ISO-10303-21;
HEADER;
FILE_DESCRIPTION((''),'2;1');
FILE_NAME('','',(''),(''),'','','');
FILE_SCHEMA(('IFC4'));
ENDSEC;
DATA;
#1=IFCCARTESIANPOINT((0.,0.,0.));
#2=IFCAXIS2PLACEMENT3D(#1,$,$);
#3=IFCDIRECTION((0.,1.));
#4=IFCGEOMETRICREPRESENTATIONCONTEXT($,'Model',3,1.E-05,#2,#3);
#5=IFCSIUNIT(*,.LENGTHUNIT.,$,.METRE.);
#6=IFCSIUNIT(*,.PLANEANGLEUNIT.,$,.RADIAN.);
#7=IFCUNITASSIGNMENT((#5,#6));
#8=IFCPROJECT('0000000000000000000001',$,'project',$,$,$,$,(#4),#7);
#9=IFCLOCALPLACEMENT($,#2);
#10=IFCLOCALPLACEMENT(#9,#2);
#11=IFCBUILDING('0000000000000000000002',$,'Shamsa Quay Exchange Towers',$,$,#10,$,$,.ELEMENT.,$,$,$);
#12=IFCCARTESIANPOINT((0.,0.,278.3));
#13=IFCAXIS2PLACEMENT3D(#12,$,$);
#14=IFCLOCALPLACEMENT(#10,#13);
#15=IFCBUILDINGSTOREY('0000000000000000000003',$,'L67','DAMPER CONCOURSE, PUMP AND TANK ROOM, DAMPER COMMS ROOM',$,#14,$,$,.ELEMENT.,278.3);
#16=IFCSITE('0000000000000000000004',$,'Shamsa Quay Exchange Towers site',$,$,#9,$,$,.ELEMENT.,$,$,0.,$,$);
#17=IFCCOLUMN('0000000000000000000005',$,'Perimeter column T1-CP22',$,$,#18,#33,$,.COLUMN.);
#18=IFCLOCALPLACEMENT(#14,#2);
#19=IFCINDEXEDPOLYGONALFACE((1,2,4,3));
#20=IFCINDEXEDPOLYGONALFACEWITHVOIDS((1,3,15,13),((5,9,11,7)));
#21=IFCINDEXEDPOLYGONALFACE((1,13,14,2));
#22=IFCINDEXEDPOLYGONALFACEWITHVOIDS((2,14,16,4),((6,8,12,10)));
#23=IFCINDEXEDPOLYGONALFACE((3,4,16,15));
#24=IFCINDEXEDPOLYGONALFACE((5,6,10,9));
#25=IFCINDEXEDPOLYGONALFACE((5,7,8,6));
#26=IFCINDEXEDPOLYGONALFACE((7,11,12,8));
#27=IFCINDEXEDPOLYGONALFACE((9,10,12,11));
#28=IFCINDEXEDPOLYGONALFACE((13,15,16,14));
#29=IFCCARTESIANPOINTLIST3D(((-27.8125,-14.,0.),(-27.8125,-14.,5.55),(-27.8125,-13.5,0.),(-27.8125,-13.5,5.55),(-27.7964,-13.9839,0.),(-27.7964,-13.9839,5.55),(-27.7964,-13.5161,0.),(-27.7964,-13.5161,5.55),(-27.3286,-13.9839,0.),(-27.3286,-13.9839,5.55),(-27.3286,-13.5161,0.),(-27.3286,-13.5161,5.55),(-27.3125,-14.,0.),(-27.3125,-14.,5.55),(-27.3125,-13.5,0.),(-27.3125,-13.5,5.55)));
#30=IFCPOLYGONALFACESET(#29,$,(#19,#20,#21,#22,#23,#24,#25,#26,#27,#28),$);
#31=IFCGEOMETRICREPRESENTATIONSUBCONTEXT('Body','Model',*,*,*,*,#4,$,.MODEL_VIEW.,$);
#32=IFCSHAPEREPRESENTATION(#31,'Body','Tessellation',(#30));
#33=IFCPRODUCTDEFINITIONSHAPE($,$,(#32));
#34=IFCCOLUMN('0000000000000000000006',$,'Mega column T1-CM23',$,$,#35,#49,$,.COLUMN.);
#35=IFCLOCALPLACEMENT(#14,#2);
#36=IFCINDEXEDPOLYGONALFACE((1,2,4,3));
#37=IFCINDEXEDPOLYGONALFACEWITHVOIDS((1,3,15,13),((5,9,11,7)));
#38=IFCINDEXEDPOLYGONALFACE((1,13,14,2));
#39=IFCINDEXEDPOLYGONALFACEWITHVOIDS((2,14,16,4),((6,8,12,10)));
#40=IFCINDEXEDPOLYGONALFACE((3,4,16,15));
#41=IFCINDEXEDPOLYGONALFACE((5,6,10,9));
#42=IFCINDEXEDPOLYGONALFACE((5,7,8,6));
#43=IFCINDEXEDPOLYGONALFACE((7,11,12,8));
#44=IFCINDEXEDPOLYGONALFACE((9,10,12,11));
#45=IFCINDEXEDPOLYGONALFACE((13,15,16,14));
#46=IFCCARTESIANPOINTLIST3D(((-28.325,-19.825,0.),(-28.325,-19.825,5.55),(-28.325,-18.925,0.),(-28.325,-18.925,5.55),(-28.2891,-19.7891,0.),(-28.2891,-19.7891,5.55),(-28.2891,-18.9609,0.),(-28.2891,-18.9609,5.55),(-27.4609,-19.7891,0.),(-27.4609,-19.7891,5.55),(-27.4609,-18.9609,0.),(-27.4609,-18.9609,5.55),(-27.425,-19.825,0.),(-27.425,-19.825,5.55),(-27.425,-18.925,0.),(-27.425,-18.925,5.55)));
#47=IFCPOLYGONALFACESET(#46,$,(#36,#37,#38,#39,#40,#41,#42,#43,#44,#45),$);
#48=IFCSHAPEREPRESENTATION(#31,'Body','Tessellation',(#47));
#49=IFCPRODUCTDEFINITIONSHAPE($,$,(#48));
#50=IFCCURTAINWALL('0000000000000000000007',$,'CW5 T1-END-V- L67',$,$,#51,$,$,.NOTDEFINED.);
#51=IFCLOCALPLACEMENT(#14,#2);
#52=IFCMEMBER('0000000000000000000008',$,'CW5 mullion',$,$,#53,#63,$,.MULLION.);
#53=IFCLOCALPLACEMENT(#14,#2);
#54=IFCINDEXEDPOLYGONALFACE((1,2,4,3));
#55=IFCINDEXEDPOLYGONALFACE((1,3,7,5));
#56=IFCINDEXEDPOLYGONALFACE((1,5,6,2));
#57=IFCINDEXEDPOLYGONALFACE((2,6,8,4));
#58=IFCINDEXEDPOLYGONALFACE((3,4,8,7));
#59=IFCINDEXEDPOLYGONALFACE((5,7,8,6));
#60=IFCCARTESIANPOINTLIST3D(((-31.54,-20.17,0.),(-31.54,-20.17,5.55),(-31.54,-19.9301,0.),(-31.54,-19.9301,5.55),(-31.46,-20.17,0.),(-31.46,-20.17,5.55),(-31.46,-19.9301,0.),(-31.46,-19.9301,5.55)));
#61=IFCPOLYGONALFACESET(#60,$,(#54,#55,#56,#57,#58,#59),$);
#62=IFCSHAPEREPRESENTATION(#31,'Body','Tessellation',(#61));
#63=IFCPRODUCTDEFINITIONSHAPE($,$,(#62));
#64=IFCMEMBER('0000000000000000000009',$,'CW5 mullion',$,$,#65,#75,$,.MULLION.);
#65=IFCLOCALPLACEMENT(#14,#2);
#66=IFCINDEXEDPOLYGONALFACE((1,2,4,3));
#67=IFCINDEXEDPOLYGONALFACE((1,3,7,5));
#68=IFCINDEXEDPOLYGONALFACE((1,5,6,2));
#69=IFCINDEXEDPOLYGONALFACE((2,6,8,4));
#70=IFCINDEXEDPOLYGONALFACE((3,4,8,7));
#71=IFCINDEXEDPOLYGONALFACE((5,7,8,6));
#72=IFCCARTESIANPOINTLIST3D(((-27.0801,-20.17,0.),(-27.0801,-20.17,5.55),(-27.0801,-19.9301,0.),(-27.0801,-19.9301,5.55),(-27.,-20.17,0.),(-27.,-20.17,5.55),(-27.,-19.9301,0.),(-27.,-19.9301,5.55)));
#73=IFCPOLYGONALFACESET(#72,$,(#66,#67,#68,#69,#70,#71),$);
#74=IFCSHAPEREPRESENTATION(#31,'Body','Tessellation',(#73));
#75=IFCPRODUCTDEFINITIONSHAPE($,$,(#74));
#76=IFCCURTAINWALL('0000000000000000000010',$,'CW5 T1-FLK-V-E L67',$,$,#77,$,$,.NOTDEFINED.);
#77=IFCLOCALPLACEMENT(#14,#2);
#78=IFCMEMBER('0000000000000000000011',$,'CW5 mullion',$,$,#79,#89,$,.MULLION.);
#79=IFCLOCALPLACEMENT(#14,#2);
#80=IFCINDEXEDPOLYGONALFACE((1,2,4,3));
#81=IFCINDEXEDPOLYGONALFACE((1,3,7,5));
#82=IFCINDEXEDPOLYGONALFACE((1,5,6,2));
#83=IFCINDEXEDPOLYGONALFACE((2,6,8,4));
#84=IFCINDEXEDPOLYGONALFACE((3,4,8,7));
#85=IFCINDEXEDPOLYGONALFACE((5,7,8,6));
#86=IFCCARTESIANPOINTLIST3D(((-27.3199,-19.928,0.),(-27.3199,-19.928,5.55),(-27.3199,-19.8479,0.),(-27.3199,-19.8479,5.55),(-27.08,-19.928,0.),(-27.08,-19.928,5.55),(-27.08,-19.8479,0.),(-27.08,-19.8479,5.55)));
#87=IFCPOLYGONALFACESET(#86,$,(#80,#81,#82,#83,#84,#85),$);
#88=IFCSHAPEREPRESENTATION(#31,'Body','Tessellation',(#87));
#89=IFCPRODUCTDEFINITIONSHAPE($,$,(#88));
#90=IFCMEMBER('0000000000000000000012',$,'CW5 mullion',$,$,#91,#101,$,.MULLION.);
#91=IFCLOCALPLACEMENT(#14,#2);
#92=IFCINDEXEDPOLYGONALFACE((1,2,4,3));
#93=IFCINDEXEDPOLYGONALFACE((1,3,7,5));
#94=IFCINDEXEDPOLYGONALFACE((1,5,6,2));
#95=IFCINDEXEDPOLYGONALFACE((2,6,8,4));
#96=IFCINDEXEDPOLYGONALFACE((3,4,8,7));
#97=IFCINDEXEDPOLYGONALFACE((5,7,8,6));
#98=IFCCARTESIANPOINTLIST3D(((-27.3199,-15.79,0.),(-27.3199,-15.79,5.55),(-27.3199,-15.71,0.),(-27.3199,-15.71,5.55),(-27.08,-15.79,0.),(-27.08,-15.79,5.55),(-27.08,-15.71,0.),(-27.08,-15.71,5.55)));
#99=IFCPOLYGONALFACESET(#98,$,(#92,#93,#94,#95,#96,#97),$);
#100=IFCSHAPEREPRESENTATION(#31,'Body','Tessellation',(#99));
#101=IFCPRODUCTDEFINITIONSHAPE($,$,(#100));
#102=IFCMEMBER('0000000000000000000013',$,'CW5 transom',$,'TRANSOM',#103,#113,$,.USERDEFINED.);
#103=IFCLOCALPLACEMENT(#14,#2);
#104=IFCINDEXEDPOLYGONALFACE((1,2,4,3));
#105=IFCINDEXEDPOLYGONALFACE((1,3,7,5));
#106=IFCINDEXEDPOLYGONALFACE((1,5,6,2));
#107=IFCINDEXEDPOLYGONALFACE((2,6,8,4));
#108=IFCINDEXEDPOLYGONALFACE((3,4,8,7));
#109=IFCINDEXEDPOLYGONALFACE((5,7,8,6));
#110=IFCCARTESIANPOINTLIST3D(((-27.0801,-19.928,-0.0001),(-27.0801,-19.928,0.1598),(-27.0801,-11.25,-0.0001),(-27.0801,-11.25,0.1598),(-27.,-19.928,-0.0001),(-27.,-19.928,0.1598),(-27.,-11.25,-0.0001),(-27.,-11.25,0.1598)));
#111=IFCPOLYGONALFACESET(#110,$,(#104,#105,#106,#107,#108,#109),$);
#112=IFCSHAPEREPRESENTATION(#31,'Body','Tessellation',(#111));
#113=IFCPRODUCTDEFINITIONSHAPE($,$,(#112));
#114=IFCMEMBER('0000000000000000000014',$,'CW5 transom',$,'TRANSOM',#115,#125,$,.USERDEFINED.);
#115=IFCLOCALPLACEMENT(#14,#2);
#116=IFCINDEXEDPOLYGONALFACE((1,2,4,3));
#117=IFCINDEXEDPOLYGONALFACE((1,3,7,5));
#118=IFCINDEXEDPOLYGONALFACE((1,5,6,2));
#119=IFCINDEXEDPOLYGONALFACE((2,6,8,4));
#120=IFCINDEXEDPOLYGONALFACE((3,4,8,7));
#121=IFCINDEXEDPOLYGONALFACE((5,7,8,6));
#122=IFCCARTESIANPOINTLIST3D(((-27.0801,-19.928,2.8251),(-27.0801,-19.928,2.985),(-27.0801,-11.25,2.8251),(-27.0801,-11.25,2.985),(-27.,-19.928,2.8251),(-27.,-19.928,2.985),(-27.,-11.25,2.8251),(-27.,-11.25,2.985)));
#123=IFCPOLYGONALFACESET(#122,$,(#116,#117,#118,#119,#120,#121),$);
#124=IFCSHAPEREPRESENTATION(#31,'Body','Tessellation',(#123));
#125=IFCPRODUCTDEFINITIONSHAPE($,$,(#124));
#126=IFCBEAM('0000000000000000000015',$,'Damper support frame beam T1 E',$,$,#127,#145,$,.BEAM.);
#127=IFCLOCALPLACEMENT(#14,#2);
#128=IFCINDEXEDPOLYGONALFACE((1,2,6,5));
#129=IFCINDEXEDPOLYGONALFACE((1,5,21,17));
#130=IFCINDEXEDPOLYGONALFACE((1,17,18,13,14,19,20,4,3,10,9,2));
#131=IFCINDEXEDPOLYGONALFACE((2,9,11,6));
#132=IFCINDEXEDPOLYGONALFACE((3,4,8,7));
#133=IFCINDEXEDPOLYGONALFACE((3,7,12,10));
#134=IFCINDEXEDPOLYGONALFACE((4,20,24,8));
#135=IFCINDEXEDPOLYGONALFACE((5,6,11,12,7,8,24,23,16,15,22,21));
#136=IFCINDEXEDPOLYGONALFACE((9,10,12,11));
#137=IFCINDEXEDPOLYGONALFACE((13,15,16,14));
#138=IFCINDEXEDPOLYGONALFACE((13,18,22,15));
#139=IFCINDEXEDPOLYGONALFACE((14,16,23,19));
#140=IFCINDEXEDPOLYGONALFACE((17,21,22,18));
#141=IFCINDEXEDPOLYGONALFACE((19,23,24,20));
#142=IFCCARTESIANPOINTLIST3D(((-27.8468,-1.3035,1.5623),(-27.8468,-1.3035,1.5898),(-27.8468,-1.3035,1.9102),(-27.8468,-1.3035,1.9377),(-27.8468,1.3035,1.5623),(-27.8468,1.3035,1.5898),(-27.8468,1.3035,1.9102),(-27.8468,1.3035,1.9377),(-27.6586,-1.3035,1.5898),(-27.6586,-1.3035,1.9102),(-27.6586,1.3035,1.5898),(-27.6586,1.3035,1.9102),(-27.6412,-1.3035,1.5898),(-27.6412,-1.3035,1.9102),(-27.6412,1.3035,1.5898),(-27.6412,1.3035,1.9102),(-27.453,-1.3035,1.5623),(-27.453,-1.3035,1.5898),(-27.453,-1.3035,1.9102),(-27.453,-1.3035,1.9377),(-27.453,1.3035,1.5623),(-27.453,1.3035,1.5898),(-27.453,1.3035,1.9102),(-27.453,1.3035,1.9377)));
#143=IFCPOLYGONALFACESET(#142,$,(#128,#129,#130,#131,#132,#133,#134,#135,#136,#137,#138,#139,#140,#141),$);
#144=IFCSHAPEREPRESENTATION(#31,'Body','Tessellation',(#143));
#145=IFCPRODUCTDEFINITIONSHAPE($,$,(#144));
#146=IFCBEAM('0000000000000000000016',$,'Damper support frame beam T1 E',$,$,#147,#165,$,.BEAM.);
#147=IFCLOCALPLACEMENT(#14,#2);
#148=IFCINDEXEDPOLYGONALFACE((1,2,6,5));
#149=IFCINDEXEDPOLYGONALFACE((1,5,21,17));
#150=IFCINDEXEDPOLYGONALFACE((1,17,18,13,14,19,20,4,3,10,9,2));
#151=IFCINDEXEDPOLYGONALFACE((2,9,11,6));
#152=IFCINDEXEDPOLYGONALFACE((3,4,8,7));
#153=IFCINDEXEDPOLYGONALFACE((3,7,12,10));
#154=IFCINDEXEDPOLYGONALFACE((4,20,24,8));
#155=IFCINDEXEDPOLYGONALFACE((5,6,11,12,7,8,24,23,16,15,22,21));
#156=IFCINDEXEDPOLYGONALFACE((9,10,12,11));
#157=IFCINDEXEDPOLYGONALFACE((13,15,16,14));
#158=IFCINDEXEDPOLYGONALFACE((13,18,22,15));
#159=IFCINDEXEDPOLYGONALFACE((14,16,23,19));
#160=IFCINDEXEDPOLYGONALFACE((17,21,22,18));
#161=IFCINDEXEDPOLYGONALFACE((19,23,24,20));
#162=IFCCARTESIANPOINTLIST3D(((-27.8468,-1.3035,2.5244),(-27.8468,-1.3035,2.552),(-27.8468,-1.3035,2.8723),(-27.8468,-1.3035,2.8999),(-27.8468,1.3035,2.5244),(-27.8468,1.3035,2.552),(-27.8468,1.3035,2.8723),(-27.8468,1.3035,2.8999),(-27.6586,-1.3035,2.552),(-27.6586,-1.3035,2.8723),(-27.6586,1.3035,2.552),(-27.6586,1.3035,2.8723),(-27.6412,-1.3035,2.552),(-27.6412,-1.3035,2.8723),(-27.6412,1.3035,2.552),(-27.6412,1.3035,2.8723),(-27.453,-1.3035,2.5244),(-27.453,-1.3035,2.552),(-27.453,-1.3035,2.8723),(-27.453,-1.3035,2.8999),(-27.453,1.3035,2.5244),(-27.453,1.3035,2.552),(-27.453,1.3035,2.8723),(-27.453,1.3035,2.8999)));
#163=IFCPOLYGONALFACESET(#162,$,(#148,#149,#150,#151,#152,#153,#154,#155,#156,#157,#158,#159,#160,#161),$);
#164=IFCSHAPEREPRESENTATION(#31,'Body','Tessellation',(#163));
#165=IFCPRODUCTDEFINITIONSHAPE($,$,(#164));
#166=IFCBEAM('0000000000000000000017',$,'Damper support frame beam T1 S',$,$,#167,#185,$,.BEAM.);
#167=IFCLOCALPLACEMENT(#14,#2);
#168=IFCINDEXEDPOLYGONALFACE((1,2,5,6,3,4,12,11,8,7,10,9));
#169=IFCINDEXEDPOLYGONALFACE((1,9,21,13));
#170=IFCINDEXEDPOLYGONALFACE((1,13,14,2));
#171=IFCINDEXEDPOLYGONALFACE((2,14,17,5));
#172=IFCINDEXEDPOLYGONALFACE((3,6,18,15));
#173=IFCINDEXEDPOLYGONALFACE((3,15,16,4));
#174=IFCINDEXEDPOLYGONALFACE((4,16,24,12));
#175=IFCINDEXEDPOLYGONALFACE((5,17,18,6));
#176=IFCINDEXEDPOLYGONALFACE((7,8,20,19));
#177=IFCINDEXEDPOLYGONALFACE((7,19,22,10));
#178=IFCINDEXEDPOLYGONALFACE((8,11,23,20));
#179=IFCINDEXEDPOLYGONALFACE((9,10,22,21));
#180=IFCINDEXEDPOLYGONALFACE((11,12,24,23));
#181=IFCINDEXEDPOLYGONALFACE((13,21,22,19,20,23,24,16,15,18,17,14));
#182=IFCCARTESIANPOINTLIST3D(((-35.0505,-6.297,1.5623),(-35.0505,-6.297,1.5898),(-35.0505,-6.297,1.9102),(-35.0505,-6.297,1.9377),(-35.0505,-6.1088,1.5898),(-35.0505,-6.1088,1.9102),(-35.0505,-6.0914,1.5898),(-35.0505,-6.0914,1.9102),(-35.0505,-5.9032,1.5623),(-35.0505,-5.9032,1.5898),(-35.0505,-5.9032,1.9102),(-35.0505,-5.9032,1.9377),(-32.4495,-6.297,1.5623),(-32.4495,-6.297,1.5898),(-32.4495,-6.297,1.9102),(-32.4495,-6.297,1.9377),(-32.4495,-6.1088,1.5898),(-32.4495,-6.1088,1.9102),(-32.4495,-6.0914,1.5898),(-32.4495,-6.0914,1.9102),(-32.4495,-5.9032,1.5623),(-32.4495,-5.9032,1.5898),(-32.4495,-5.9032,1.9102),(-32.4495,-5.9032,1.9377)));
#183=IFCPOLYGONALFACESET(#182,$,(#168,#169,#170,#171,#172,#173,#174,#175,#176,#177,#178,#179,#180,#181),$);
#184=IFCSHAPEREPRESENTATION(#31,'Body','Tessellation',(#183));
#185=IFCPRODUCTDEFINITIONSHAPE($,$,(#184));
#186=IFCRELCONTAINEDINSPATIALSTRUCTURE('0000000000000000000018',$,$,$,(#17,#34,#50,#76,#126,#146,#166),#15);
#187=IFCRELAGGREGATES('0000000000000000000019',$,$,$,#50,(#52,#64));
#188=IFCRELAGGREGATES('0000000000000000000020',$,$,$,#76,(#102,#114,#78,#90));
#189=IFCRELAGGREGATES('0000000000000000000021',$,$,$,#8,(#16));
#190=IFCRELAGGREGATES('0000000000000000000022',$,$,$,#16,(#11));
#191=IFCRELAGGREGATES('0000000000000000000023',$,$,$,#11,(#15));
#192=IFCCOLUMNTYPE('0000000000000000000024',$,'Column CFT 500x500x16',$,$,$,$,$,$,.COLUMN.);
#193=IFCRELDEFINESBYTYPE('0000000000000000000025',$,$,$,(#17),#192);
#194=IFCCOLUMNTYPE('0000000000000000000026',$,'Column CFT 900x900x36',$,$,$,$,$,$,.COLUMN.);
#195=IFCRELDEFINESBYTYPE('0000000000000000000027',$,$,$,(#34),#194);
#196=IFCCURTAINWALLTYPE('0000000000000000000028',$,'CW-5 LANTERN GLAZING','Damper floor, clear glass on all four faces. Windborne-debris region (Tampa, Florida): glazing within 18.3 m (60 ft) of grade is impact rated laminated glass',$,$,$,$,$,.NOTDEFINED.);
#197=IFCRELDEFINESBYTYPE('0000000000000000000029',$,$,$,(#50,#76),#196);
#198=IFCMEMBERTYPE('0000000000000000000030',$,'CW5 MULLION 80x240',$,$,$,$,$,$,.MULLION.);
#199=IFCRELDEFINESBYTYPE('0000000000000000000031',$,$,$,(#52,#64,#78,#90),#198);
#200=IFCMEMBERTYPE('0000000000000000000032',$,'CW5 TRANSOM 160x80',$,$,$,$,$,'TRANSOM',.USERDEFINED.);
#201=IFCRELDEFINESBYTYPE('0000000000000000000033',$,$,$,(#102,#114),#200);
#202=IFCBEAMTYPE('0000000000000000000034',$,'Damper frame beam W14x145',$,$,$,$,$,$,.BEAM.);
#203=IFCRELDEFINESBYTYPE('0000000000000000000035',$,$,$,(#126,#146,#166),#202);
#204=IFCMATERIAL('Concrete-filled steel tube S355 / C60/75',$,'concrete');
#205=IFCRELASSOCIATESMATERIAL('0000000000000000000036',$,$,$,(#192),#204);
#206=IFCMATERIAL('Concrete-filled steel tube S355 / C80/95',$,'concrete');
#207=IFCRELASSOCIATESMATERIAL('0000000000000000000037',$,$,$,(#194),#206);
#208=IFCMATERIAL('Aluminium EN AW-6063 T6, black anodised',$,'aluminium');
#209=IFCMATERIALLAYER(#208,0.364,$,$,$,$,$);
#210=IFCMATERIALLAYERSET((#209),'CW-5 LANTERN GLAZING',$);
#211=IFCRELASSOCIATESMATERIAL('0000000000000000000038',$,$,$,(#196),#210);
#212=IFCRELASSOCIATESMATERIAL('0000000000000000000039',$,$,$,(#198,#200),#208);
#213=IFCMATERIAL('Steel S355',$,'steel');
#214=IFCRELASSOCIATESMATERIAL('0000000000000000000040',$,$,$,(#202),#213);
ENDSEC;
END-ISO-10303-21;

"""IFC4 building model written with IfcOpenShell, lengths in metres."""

from ifc_helpers import new_model, si_unit, direction, frame, origin, origin_2d, place, context, subcontext, project, spatial, rectangle, hollow_rectangle, i_section, extrude, material, layer, layer_set, material_profile, profile_set, type_object, element, aggregate, save


model = new_model("IFC4")

# Units and contexts
model_context = context("Model", 3, precision=1e-05, world=origin(), true_north=direction((0.0, 1.0)))
body_context = subcontext(model_context, "Body", "Model", "MODEL_VIEW")
ifc_project = project(units=[si_unit("LENGTHUNIT", "METRE"), si_unit("PLANEANGLEUNIT", "RADIAN")], contexts=[model_context])

# Site, building, storey
site_placement = place(None, origin())
site = spatial("IfcSite", under=ifc_project, at=site_placement, Name="Shamsa Quay Exchange Towers site", CompositionType="ELEMENT", RefElevation=0.0)
building_placement = place(site_placement, origin())
building = spatial("IfcBuilding", under=site, at=building_placement, Name="Shamsa Quay Exchange Towers", CompositionType="ELEMENT")
storey_placement = place(building_placement, frame((0.0, 0.0, 278.3)))
storey = spatial("IfcBuildingStorey", under=building, at=storey_placement, Name="L67", Description="DAMPER CONCOURSE, PUMP AND TANK ROOM, DAMPER COMMS ROOM", CompositionType="ELEMENT", Elevation=278.3)

# Columns
ifc_material_1 = material(Name="Concrete-filled steel tube S355 / C60/75", Category="concrete")
ifc_material_profile_1 = material_profile(ifc_material_1, hollow_rectangle(XDim=0.5, YDim=0.5, WallThickness=0.0161, at=origin_2d()), Name="CFT 500x500x16")
ifc_profile_set_1 = profile_set([ifc_material_profile_1], Name="Concrete-filled steel tube S355 / C60/75")
column_type_1 = type_object("IfcColumnType", Name="Column CFT 500x500x16", PredefinedType="COLUMN", material=ifc_profile_set_1)
column_1_placement = place(storey_placement, frame((-27.5625, -13.75, 0.0)))
element("IfcColumn", 1, at=column_1_placement, inside=storey, type_object=column_type_1, Name="Perimeter column T1-CP22", PredefinedType="COLUMN", context=body_context, shape_type="SweptSolid", body=[
    extrude(hollow_rectangle(XDim=0.5, YDim=0.5, WallThickness=0.0161, at=origin_2d()), origin(), (0.0, 0.0, 1.0), 5.55),
])
ifc_material_2 = material(Name="Concrete-filled steel tube S355 / C80/95", Category="concrete")
ifc_material_profile_2 = material_profile(ifc_material_2, hollow_rectangle(XDim=0.8999, YDim=0.8999, WallThickness=0.0359, at=origin_2d()), Name="CFT 900x900x36")
ifc_profile_set_2 = profile_set([ifc_material_profile_2], Name="Concrete-filled steel tube S355 / C80/95")
column_type_2 = type_object("IfcColumnType", Name="Column CFT 900x900x36", PredefinedType="COLUMN", material=ifc_profile_set_2)
column_2_placement = place(storey_placement, frame((-27.875, -19.375, 0.0)))
element("IfcColumn", 2, at=column_2_placement, inside=storey, type_object=column_type_2, Name="Mega column T1-CM23", PredefinedType="COLUMN", context=body_context, shape_type="SweptSolid", body=[
    extrude(hollow_rectangle(XDim=0.8999, YDim=0.8999, WallThickness=0.0359, at=origin_2d()), origin(), (0.0, 0.0, 1.0), 5.55),
])

# Curtain walls, members
ifc_material_3 = material(Name="Aluminium EN AW-6063 T6, black anodised", Category="aluminium")
ifc_layer_1 = layer(ifc_material_3, 0.364)
ifc_layer_set_1 = layer_set([ifc_layer_1], Name="CW-5 LANTERN GLAZING")
curtain_wall_type = type_object("IfcCurtainWallType", Name="CW-5 LANTERN GLAZING", Description="Damper floor, clear glass on all four faces. Windborne-debris region (Tampa, Florida): glazing within 18.3 m (60 ft) of grade is impact rated laminated glass", PredefinedType="NOTDEFINED", material=ifc_layer_set_1)
curtain_wall_1_placement = place(storey_placement, origin())
curtain_wall_1 = element("IfcCurtainWall", 3, at=curtain_wall_1_placement, inside=storey, type_object=curtain_wall_type, Name="CW5 T1-END-V- L67", PredefinedType="NOTDEFINED")
ifc_material_profile_3 = material_profile(ifc_material_3, rectangle(XDim=0.24, YDim=0.0801, at=origin_2d()), Name="MU80x240")
ifc_profile_set_3 = profile_set([ifc_material_profile_3], Name="Aluminium EN AW-6063 T6, black anodised")
member_type_1 = type_object("IfcMemberType", Name="CW5 MULLION 80x240", PredefinedType="MULLION", material=ifc_profile_set_3)
member_1_placement = place(storey_placement, frame((-31.5, -20.05, 0.0), z_axis=(0.0, 0.0, 1.0), x_axis=(0.0, 1.0, 0.0)))
member_1 = element("IfcMember", 4, at=member_1_placement, type_object=member_type_1, Name="CW5 mullion", PredefinedType="MULLION", context=body_context, shape_type="SweptSolid", body=[
    extrude(rectangle(XDim=0.24, YDim=0.0801, at=origin_2d()), origin(), (0.0, 0.0, 1.0), 5.55),
])
member_2_placement = place(storey_placement, frame((-27.04, -20.05, 0.0), z_axis=(0.0, 0.0, 1.0), x_axis=(0.0, 1.0, 0.0)))
member_2 = element("IfcMember", 5, at=member_2_placement, type_object=member_type_1, Name="CW5 mullion", PredefinedType="MULLION", context=body_context, shape_type="SweptSolid", body=[
    extrude(rectangle(XDim=0.24, YDim=0.0801, at=origin_2d()), origin(), (0.0, 0.0, 1.0), 5.55),
])
curtain_wall_2_placement = place(storey_placement, origin())
curtain_wall_2 = element("IfcCurtainWall", 6, at=curtain_wall_2_placement, inside=storey, type_object=curtain_wall_type, Name="CW5 T1-FLK-V-E L67", PredefinedType="NOTDEFINED")
member_3_placement = place(storey_placement, frame((-27.2, -19.8879, 0.0), z_axis=(0.0, 0.0, 1.0), x_axis=(-1.0, 0.0, 0.0)))
member_3 = element("IfcMember", 7, at=member_3_placement, type_object=member_type_1, Name="CW5 mullion", PredefinedType="MULLION", context=body_context, shape_type="SweptSolid", body=[
    extrude(rectangle(XDim=0.24, YDim=0.0801, at=origin_2d()), origin(), (0.0, 0.0, 1.0), 5.55),
])
member_4_placement = place(storey_placement, frame((-27.2, -15.75, 0.0), z_axis=(0.0, 0.0, 1.0), x_axis=(-1.0, 0.0, 0.0)))
member_4 = element("IfcMember", 8, at=member_4_placement, type_object=member_type_1, Name="CW5 mullion", PredefinedType="MULLION", context=body_context, shape_type="SweptSolid", body=[
    extrude(rectangle(XDim=0.24, YDim=0.0801, at=origin_2d()), origin(), (0.0, 0.0, 1.0), 5.55),
])
ifc_material_profile_4 = material_profile(ifc_material_3, rectangle(XDim=0.0801, YDim=0.1599, at=origin_2d()), Name="TR160x80")
ifc_profile_set_4 = profile_set([ifc_material_profile_4], Name="Aluminium EN AW-6063 T6, black anodised")
member_type_2 = type_object("IfcMemberType", Name="CW5 TRANSOM 160x80", ElementType="TRANSOM", PredefinedType="USERDEFINED", material=ifc_profile_set_4)
member_5_placement = place(storey_placement, frame((-27.04, -19.928, 0.0798), z_axis=(0.0, 1.0, 0.0), x_axis=(-1.0, 0.0, 0.0)))
member_5 = element("IfcMember", 9, at=member_5_placement, type_object=member_type_2, Name="CW5 transom", ObjectType="TRANSOM", PredefinedType="USERDEFINED", context=body_context, shape_type="SweptSolid", body=[
    extrude(rectangle(XDim=0.0801, YDim=0.1599, at=origin_2d()), origin(), (0.0, 0.0, 1.0), 8.678),
])
member_6_placement = place(storey_placement, frame((-27.04, -19.928, 2.905), z_axis=(0.0, 1.0, 0.0), x_axis=(-1.0, 0.0, 0.0)))
member_6 = element("IfcMember", 10, at=member_6_placement, type_object=member_type_2, Name="CW5 transom", ObjectType="TRANSOM", PredefinedType="USERDEFINED", context=body_context, shape_type="SweptSolid", body=[
    extrude(rectangle(XDim=0.0801, YDim=0.1599, at=origin_2d()), origin(), (0.0, 0.0, 1.0), 8.678),
])

# Beams
ifc_material_4 = material(Name="Steel S355", Category="steel")
ifc_material_profile_5 = material_profile(ifc_material_4, i_section(OverallWidth=0.3938, OverallDepth=0.3755, WebThickness=0.0173, FlangeThickness=0.0276, at=origin_2d()), Name="W14x145")
ifc_profile_set_5 = profile_set([ifc_material_profile_5], Name="Steel S355")
beam_type_1 = type_object("IfcBeamType", Name="Damper frame beam W14x145", PredefinedType="BEAM", material=ifc_profile_set_5)
for number, where, z_axis, x_axis, name in (
    (11, (-27.6499, -1.3035, 1.75), (0.0, 1.0, 0.0), (-1.0, 0.0, 0.0), "Damper support frame beam T1 E"),
    (12, (-27.6499, -1.3035, 2.7122), (0.0, 1.0, 0.0), (-1.0, 0.0, 0.0), "Damper support frame beam T1 E"),
):
    element("IfcBeam", number, at=place(storey_placement, frame(where, z_axis=z_axis, x_axis=x_axis)), inside=storey, type_object=beam_type_1, Name=name, PredefinedType="BEAM", context=body_context, shape_type="SweptSolid", body=[
        extrude(i_section(OverallWidth=0.3938, OverallDepth=0.3755, WebThickness=0.0173, FlangeThickness=0.0276, at=origin_2d()), origin(), (0.0, 0.0, 1.0), 2.6069),
    ])
for number, where, z_axis, x_axis, name in (
    (13, (-35.0505, -6.1001, 1.75), (1.0, 0.0, 0.0), (0.0, 1.0, 0.0), "Damper support frame beam T1 S"),
):
    element("IfcBeam", number, at=place(storey_placement, frame(where, z_axis=z_axis, x_axis=x_axis)), inside=storey, type_object=beam_type_1, Name=name, PredefinedType="BEAM", context=body_context, shape_type="SweptSolid", body=[
        extrude(i_section(OverallWidth=0.3938, OverallDepth=0.3755, WebThickness=0.0173, FlangeThickness=0.0276, at=origin_2d()), origin(), (0.0, 0.0, 1.0), 2.6011),
    ])

aggregate(curtain_wall_1, [member_1, member_2])
aggregate(curtain_wall_2, [member_5, member_6, member_3, member_4])

save(model, "model.ifc")
